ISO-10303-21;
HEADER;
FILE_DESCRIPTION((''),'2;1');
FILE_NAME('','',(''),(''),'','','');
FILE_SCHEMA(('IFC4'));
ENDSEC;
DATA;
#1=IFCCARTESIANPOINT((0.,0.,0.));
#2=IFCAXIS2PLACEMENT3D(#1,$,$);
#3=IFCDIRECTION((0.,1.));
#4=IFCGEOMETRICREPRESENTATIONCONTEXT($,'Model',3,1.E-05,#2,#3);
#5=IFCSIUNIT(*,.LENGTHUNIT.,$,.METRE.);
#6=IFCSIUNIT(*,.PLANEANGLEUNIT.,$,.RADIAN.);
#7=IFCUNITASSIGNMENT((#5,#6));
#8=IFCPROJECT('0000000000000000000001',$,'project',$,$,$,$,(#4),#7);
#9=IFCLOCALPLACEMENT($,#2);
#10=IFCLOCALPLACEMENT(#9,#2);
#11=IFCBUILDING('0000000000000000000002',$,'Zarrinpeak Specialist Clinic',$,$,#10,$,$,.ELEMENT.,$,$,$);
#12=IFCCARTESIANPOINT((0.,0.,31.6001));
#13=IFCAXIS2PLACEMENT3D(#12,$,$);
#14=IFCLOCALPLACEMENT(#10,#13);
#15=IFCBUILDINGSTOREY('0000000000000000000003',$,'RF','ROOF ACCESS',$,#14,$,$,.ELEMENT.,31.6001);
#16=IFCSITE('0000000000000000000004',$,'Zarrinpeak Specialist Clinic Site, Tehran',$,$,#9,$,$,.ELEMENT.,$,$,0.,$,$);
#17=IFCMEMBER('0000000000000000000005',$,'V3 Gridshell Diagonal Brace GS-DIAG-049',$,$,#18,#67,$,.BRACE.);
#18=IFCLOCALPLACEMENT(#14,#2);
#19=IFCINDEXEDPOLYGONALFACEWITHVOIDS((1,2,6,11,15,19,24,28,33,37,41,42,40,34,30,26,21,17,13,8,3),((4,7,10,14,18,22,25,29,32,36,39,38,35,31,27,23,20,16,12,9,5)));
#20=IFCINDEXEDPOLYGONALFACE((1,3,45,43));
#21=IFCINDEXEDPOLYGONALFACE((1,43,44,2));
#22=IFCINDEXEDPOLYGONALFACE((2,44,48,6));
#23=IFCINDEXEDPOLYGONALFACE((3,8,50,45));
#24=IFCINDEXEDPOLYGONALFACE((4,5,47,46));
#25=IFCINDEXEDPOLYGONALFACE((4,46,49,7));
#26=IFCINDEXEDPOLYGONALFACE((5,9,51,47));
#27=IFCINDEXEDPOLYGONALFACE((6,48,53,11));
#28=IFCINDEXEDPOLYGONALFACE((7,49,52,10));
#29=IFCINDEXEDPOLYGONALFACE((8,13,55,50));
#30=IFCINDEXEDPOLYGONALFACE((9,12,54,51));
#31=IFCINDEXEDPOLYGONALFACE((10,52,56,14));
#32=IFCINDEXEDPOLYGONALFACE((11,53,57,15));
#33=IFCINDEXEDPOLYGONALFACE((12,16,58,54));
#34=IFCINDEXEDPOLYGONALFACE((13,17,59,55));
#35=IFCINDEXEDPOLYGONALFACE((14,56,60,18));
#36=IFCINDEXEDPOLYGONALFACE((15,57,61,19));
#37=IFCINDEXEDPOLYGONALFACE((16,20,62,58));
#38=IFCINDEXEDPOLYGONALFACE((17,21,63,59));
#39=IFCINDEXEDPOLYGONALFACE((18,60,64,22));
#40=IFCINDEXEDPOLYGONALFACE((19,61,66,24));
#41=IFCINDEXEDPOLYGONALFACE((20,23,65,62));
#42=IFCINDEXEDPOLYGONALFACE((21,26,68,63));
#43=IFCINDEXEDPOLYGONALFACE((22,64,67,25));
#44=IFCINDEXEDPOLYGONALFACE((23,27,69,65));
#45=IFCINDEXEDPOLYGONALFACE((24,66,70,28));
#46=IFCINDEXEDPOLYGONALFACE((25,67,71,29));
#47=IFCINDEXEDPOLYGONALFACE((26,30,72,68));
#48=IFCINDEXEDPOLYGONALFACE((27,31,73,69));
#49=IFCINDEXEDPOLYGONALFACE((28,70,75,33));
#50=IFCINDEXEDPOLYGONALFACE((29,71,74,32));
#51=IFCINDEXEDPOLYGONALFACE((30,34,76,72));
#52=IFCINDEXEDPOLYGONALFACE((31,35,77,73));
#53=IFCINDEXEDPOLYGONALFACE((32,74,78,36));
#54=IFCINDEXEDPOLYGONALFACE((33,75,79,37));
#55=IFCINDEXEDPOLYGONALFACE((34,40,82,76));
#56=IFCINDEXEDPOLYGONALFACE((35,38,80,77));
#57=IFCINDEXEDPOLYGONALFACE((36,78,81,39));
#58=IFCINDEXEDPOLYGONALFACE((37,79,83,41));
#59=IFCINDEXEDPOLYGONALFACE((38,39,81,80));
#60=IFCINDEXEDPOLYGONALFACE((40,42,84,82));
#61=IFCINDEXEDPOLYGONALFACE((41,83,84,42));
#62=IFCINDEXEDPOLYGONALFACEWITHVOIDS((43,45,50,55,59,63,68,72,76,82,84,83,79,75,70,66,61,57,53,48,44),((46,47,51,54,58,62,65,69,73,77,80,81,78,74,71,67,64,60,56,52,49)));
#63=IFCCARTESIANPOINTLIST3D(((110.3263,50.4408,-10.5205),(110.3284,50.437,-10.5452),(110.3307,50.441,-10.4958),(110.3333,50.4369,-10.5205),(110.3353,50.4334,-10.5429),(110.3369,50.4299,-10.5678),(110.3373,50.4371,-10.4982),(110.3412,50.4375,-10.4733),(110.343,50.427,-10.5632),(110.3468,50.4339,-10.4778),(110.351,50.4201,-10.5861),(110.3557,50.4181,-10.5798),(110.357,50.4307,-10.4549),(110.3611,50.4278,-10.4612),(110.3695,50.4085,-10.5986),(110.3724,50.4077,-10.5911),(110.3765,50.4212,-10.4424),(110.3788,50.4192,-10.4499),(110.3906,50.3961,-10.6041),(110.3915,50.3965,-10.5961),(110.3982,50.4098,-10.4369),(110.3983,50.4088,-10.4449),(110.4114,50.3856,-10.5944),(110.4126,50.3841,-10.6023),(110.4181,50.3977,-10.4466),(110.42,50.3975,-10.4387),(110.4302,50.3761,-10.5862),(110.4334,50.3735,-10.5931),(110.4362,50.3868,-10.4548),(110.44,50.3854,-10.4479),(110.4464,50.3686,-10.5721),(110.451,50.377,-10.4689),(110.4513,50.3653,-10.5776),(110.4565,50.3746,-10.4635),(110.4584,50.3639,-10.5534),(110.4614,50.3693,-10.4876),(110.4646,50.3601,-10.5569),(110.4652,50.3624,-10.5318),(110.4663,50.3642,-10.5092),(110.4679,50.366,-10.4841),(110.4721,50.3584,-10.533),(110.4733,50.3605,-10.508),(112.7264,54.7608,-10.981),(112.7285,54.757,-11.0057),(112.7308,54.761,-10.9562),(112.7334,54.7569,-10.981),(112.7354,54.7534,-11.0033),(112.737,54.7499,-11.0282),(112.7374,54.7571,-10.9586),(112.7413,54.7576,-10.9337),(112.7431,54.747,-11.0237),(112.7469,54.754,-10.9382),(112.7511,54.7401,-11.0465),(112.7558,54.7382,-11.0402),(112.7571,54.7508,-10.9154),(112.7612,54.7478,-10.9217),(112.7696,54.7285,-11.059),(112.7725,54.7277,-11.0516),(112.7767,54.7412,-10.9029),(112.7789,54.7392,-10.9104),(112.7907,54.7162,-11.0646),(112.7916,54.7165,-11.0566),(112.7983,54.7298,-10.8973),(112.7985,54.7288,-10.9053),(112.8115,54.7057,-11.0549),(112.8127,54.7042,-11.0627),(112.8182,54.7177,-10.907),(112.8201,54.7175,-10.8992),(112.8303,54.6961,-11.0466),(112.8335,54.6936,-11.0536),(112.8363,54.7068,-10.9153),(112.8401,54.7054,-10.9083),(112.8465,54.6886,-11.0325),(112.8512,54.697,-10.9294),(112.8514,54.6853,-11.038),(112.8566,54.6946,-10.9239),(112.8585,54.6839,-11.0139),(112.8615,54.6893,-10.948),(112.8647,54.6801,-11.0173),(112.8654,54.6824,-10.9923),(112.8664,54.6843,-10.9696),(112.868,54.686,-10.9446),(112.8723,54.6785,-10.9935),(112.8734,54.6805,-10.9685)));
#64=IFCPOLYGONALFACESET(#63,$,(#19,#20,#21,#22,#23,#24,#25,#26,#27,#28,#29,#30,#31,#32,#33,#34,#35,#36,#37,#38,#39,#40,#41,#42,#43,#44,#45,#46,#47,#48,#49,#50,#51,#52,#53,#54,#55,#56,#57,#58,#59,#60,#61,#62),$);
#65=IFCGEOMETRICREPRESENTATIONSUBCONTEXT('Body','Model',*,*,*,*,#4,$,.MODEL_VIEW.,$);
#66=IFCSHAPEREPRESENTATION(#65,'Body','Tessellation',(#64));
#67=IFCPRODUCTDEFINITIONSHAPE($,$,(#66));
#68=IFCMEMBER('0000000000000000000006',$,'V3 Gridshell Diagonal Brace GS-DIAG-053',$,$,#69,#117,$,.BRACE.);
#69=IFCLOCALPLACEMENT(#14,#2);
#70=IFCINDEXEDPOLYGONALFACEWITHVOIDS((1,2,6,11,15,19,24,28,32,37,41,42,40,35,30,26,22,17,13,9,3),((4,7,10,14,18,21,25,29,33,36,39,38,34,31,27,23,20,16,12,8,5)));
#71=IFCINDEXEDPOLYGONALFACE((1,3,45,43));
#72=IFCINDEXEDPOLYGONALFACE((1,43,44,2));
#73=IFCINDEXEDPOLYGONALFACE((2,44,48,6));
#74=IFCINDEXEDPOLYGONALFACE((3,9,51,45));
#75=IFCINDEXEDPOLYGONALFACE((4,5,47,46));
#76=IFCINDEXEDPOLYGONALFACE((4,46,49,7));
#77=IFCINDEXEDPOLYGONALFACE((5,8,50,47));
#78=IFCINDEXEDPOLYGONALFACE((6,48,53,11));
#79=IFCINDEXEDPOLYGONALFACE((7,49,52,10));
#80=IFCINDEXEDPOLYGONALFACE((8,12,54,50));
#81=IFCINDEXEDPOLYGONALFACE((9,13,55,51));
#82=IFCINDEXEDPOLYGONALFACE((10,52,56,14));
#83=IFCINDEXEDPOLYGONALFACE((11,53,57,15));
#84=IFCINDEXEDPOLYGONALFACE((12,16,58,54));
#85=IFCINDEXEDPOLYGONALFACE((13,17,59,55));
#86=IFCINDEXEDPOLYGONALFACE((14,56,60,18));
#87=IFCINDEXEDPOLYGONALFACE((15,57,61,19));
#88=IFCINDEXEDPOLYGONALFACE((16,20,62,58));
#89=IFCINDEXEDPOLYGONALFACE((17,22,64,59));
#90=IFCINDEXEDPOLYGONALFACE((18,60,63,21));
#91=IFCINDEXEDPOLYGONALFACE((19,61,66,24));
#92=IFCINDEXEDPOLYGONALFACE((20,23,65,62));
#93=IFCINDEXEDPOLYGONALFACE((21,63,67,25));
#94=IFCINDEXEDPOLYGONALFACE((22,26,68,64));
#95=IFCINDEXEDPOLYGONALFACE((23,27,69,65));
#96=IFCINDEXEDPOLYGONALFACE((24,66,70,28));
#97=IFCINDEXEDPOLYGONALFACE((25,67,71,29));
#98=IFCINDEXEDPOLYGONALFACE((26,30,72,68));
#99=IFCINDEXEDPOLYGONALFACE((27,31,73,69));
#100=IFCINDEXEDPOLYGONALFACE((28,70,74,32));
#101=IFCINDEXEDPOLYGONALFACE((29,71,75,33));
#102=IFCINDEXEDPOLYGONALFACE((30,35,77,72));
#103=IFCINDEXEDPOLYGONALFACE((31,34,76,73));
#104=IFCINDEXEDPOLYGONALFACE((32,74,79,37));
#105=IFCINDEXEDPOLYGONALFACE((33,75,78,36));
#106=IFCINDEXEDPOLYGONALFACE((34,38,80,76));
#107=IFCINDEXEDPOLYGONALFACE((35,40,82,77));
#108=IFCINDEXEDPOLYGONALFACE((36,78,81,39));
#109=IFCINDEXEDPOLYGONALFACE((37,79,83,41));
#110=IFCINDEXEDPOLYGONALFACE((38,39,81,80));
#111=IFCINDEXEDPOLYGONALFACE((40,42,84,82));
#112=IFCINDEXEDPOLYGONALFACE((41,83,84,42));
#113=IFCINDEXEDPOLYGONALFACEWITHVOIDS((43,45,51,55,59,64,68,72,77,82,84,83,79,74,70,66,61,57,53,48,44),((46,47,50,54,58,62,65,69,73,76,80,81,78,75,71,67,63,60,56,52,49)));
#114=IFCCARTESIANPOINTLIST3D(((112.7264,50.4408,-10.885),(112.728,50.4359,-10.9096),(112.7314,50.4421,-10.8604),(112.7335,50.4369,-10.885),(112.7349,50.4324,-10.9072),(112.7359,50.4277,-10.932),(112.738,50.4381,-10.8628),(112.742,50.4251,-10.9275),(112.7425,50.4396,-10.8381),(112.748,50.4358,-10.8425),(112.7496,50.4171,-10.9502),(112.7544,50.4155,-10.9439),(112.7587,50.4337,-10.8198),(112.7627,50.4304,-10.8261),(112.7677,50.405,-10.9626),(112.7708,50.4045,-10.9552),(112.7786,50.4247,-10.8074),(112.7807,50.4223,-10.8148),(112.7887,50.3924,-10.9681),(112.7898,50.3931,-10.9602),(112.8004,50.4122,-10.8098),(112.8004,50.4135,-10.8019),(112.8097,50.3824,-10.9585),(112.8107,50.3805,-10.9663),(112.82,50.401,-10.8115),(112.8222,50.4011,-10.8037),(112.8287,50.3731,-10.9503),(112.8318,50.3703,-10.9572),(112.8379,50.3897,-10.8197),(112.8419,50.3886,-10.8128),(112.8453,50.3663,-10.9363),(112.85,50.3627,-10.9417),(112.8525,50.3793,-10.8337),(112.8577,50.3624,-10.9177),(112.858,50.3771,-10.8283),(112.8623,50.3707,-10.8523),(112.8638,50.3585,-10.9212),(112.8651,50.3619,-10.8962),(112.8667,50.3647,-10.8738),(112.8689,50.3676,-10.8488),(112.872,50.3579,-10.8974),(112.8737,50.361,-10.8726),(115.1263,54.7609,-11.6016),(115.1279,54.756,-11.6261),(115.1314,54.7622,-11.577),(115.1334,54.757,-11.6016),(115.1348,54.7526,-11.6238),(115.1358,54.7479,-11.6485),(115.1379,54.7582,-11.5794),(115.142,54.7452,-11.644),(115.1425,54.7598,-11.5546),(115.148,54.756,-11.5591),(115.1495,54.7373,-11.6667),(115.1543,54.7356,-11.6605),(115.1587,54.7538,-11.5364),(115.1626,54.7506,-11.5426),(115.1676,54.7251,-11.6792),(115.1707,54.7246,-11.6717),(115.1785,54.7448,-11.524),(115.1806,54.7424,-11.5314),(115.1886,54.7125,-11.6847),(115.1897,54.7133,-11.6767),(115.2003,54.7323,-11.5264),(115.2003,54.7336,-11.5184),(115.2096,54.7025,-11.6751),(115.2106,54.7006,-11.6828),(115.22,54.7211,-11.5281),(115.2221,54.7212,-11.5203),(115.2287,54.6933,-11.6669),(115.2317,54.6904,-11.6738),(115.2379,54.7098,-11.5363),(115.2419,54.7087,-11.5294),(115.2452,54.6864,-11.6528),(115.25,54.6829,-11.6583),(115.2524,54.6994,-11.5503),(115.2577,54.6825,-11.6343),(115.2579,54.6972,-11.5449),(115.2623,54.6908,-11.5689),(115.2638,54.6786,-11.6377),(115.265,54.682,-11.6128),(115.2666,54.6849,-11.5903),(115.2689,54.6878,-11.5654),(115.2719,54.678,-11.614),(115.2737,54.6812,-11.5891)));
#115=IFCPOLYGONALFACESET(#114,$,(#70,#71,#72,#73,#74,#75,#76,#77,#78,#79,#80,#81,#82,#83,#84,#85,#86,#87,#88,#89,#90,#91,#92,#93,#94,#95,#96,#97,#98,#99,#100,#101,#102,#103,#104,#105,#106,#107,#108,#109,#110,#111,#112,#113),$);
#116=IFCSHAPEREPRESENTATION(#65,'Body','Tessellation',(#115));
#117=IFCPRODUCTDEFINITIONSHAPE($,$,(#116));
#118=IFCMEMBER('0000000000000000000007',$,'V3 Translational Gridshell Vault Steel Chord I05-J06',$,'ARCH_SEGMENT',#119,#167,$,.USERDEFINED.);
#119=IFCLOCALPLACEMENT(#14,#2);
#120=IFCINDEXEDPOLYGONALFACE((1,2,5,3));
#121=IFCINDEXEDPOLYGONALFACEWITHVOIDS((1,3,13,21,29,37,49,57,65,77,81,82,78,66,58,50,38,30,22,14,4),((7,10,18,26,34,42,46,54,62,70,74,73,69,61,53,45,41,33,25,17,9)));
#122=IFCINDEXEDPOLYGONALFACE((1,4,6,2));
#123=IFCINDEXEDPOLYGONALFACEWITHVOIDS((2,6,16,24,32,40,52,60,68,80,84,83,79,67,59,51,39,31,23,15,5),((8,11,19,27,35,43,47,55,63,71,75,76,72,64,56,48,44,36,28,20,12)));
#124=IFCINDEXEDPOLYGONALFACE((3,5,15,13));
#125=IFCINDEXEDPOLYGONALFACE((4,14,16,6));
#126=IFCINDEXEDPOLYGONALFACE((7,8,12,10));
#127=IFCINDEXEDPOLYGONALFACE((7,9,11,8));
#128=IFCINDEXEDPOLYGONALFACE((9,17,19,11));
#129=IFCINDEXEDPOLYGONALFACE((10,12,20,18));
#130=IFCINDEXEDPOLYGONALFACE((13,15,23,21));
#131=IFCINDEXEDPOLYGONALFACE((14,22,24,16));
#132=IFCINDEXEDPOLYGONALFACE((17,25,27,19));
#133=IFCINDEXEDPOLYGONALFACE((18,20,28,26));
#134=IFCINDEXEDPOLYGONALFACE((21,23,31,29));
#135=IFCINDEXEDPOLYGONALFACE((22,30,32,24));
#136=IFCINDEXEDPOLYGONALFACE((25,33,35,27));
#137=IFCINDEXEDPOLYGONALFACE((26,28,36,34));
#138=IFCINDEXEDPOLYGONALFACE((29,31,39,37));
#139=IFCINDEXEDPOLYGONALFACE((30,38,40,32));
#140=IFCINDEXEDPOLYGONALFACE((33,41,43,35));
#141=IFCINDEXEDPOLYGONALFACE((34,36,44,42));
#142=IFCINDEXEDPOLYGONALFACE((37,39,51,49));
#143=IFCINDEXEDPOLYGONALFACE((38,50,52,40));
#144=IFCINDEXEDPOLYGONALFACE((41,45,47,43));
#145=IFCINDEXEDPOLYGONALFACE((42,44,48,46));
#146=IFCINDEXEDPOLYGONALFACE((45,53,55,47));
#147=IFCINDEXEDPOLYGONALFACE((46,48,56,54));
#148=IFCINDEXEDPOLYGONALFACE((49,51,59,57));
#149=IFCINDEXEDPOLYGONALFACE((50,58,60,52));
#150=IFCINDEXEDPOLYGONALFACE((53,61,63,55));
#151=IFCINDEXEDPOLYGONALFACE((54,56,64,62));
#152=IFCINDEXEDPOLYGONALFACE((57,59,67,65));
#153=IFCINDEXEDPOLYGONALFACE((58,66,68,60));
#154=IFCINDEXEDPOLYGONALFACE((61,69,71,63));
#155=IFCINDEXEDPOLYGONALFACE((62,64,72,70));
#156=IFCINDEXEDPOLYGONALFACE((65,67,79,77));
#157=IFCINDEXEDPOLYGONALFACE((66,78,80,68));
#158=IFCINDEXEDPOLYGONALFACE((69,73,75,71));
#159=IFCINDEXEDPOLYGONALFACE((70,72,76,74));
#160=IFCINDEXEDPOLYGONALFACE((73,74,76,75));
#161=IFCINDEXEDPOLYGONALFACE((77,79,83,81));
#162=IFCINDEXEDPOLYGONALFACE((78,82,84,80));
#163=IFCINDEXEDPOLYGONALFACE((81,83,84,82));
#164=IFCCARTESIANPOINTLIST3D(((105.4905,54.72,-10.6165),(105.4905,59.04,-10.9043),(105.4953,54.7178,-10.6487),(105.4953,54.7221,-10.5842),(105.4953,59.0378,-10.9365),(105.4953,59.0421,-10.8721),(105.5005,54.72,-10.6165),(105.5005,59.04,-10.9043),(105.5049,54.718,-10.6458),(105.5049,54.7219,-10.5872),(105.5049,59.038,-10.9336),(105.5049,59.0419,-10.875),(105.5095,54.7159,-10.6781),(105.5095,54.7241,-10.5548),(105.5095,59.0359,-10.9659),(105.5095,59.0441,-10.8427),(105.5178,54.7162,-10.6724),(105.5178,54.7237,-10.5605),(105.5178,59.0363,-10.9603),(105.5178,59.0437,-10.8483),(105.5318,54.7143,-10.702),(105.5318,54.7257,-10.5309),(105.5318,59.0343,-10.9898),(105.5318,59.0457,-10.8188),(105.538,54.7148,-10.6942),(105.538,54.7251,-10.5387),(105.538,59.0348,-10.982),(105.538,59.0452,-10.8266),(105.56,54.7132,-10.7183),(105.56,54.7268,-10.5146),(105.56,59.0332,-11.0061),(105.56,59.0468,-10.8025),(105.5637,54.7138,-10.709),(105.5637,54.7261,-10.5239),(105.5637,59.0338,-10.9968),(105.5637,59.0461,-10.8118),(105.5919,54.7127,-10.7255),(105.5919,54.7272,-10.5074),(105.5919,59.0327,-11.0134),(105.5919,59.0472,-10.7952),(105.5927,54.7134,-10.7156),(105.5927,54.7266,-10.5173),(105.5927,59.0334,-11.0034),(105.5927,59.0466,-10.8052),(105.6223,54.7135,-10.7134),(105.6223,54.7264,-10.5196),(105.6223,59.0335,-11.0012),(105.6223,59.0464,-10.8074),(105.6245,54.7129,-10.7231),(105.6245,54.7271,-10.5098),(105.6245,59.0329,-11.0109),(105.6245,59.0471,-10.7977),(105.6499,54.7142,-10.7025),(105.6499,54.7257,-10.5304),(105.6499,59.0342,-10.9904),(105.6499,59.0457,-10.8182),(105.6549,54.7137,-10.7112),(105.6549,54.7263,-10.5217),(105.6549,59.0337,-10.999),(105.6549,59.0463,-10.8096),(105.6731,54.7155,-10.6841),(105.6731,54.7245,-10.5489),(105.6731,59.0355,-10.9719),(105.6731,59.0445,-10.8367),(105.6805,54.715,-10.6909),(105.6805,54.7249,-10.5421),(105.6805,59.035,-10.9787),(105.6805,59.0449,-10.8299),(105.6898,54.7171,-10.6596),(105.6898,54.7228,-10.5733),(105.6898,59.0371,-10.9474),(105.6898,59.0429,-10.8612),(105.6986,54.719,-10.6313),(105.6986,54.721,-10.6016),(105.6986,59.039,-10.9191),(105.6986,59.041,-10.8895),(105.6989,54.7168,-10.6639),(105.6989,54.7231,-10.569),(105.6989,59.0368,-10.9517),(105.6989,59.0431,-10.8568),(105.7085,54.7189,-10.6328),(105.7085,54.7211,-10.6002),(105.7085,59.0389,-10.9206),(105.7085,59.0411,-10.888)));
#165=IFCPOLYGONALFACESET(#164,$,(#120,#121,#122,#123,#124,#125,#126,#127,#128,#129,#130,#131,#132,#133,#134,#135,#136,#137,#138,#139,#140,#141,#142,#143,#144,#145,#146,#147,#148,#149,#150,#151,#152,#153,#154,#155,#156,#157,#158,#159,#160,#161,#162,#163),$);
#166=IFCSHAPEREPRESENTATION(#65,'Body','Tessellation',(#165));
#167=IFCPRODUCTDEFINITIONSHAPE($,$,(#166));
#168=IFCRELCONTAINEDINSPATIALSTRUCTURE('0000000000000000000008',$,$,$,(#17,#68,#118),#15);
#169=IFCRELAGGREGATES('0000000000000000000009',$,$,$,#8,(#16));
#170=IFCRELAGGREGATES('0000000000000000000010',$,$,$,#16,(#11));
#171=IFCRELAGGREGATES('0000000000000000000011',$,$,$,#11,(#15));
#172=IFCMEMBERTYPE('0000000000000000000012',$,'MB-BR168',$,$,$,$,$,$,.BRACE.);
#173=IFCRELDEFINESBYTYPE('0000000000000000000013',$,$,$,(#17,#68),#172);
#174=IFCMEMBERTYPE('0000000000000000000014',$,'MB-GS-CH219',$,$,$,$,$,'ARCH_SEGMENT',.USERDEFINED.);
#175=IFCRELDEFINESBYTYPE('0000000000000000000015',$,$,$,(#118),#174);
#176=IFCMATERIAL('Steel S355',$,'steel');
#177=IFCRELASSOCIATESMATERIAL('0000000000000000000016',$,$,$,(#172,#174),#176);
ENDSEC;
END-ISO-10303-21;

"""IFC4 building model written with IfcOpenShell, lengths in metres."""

from ifc_helpers import new_model, si_unit, direction, frame, origin, origin_2d, place, context, subcontext, project, spatial, hollow_circle, extrude, material, material_profile, profile_set, type_object, element, save


model = new_model("IFC4")

# Units and contexts
model_context = context("Model", 3, precision=1e-05, world=origin(), true_north=direction((0.0, 1.0)))
body_context = subcontext(model_context, "Body", "Model", "MODEL_VIEW")
ifc_project = project(units=[si_unit("LENGTHUNIT", "METRE"), si_unit("PLANEANGLEUNIT", "RADIAN")], contexts=[model_context])

# Site, building, storey
site_placement = place(None, origin())
site = spatial("IfcSite", under=ifc_project, at=site_placement, Name="Zarrinpeak Specialist Clinic Site, Tehran", CompositionType="ELEMENT", RefElevation=0.0)
building_placement = place(site_placement, origin())
building = spatial("IfcBuilding", under=site, at=building_placement, Name="Zarrinpeak Specialist Clinic", CompositionType="ELEMENT")
storey_placement = place(building_placement, frame((0.0, 0.0, 31.6001)))
storey = spatial("IfcBuildingStorey", under=building, at=storey_placement, Name="RF", Description="ROOF ACCESS", CompositionType="ELEMENT", Elevation=31.6001)

# Members
ifc_material_1 = material(Name="Steel S355", Category="steel")
ifc_material_profile_1 = material_profile(ifc_material_1, hollow_circle(Radius=0.0842, WallThickness=0.0081, at=origin_2d()), Name="CHS 168.3x8.0")
ifc_profile_set_1 = profile_set([ifc_material_profile_1], Name="Steel S355")
member_type_1 = type_object("IfcMemberType", Name="MB-BR168", PredefinedType="BRACE", material=ifc_profile_set_1)
member_1_placement = place(storey_placement, frame((110.3999, 50.3999, -10.5205), z_axis=(0.483565, 0.870378, -0.092768), x_axis=(-0.874148, 0.48566, 0.0)))
element("IfcMember", 1, at=member_1_placement, inside=storey, type_object=member_type_1, Name="V3 Gridshell Diagonal Brace GS-DIAG-049", PredefinedType="BRACE", context=body_context, shape_type="SweptSolid", body=[
    extrude(hollow_circle(Radius=0.0842, WallThickness=0.0081, at=origin_2d()), origin(), (0.0, 0.0, 1.0), 4.9634),
])
member_2_placement = place(storey_placement, frame((112.8, 50.3999, -10.885), z_axis=(0.480596, 0.865122, -0.143494), x_axis=(-0.874169, 0.485622, 0.0)))
element("IfcMember", 2, at=member_2_placement, inside=storey, type_object=member_type_1, Name="V3 Gridshell Diagonal Brace GS-DIAG-053", PredefinedType="BRACE", context=body_context, shape_type="SweptSolid", body=[
    extrude(hollow_circle(Radius=0.0842, WallThickness=0.0081, at=origin_2d()), origin(), (0.0, 0.0, 1.0), 4.9937),
])
ifc_material_profile_2 = material_profile(ifc_material_1, hollow_circle(Radius=0.1096, WallThickness=0.01, at=origin_2d()), Name="CHS 219.1x10.0")
ifc_profile_set_2 = profile_set([ifc_material_profile_2], Name="Steel S355")
member_type_2 = type_object("IfcMemberType", Name="MB-GS-CH219", ElementType="ARCH_SEGMENT", PredefinedType="USERDEFINED", material=ifc_profile_set_2)
member_3_placement = place(storey_placement, frame((105.6001, 54.72, -10.6165), z_axis=(0.0, 0.997788, -0.066482), x_axis=(-1.0, 0.0, 0.0)))
element("IfcMember", 3, at=member_3_placement, inside=storey, type_object=member_type_2, Name="V3 Translational Gridshell Vault Steel Chord I05-J06", ObjectType="ARCH_SEGMENT", PredefinedType="USERDEFINED", context=body_context, shape_type="SweptSolid", body=[
    extrude(hollow_circle(Radius=0.1096, WallThickness=0.01, at=origin_2d()), origin(), (0.0, 0.0, 1.0), 4.3296),
])

save(model, "model.ifc")
